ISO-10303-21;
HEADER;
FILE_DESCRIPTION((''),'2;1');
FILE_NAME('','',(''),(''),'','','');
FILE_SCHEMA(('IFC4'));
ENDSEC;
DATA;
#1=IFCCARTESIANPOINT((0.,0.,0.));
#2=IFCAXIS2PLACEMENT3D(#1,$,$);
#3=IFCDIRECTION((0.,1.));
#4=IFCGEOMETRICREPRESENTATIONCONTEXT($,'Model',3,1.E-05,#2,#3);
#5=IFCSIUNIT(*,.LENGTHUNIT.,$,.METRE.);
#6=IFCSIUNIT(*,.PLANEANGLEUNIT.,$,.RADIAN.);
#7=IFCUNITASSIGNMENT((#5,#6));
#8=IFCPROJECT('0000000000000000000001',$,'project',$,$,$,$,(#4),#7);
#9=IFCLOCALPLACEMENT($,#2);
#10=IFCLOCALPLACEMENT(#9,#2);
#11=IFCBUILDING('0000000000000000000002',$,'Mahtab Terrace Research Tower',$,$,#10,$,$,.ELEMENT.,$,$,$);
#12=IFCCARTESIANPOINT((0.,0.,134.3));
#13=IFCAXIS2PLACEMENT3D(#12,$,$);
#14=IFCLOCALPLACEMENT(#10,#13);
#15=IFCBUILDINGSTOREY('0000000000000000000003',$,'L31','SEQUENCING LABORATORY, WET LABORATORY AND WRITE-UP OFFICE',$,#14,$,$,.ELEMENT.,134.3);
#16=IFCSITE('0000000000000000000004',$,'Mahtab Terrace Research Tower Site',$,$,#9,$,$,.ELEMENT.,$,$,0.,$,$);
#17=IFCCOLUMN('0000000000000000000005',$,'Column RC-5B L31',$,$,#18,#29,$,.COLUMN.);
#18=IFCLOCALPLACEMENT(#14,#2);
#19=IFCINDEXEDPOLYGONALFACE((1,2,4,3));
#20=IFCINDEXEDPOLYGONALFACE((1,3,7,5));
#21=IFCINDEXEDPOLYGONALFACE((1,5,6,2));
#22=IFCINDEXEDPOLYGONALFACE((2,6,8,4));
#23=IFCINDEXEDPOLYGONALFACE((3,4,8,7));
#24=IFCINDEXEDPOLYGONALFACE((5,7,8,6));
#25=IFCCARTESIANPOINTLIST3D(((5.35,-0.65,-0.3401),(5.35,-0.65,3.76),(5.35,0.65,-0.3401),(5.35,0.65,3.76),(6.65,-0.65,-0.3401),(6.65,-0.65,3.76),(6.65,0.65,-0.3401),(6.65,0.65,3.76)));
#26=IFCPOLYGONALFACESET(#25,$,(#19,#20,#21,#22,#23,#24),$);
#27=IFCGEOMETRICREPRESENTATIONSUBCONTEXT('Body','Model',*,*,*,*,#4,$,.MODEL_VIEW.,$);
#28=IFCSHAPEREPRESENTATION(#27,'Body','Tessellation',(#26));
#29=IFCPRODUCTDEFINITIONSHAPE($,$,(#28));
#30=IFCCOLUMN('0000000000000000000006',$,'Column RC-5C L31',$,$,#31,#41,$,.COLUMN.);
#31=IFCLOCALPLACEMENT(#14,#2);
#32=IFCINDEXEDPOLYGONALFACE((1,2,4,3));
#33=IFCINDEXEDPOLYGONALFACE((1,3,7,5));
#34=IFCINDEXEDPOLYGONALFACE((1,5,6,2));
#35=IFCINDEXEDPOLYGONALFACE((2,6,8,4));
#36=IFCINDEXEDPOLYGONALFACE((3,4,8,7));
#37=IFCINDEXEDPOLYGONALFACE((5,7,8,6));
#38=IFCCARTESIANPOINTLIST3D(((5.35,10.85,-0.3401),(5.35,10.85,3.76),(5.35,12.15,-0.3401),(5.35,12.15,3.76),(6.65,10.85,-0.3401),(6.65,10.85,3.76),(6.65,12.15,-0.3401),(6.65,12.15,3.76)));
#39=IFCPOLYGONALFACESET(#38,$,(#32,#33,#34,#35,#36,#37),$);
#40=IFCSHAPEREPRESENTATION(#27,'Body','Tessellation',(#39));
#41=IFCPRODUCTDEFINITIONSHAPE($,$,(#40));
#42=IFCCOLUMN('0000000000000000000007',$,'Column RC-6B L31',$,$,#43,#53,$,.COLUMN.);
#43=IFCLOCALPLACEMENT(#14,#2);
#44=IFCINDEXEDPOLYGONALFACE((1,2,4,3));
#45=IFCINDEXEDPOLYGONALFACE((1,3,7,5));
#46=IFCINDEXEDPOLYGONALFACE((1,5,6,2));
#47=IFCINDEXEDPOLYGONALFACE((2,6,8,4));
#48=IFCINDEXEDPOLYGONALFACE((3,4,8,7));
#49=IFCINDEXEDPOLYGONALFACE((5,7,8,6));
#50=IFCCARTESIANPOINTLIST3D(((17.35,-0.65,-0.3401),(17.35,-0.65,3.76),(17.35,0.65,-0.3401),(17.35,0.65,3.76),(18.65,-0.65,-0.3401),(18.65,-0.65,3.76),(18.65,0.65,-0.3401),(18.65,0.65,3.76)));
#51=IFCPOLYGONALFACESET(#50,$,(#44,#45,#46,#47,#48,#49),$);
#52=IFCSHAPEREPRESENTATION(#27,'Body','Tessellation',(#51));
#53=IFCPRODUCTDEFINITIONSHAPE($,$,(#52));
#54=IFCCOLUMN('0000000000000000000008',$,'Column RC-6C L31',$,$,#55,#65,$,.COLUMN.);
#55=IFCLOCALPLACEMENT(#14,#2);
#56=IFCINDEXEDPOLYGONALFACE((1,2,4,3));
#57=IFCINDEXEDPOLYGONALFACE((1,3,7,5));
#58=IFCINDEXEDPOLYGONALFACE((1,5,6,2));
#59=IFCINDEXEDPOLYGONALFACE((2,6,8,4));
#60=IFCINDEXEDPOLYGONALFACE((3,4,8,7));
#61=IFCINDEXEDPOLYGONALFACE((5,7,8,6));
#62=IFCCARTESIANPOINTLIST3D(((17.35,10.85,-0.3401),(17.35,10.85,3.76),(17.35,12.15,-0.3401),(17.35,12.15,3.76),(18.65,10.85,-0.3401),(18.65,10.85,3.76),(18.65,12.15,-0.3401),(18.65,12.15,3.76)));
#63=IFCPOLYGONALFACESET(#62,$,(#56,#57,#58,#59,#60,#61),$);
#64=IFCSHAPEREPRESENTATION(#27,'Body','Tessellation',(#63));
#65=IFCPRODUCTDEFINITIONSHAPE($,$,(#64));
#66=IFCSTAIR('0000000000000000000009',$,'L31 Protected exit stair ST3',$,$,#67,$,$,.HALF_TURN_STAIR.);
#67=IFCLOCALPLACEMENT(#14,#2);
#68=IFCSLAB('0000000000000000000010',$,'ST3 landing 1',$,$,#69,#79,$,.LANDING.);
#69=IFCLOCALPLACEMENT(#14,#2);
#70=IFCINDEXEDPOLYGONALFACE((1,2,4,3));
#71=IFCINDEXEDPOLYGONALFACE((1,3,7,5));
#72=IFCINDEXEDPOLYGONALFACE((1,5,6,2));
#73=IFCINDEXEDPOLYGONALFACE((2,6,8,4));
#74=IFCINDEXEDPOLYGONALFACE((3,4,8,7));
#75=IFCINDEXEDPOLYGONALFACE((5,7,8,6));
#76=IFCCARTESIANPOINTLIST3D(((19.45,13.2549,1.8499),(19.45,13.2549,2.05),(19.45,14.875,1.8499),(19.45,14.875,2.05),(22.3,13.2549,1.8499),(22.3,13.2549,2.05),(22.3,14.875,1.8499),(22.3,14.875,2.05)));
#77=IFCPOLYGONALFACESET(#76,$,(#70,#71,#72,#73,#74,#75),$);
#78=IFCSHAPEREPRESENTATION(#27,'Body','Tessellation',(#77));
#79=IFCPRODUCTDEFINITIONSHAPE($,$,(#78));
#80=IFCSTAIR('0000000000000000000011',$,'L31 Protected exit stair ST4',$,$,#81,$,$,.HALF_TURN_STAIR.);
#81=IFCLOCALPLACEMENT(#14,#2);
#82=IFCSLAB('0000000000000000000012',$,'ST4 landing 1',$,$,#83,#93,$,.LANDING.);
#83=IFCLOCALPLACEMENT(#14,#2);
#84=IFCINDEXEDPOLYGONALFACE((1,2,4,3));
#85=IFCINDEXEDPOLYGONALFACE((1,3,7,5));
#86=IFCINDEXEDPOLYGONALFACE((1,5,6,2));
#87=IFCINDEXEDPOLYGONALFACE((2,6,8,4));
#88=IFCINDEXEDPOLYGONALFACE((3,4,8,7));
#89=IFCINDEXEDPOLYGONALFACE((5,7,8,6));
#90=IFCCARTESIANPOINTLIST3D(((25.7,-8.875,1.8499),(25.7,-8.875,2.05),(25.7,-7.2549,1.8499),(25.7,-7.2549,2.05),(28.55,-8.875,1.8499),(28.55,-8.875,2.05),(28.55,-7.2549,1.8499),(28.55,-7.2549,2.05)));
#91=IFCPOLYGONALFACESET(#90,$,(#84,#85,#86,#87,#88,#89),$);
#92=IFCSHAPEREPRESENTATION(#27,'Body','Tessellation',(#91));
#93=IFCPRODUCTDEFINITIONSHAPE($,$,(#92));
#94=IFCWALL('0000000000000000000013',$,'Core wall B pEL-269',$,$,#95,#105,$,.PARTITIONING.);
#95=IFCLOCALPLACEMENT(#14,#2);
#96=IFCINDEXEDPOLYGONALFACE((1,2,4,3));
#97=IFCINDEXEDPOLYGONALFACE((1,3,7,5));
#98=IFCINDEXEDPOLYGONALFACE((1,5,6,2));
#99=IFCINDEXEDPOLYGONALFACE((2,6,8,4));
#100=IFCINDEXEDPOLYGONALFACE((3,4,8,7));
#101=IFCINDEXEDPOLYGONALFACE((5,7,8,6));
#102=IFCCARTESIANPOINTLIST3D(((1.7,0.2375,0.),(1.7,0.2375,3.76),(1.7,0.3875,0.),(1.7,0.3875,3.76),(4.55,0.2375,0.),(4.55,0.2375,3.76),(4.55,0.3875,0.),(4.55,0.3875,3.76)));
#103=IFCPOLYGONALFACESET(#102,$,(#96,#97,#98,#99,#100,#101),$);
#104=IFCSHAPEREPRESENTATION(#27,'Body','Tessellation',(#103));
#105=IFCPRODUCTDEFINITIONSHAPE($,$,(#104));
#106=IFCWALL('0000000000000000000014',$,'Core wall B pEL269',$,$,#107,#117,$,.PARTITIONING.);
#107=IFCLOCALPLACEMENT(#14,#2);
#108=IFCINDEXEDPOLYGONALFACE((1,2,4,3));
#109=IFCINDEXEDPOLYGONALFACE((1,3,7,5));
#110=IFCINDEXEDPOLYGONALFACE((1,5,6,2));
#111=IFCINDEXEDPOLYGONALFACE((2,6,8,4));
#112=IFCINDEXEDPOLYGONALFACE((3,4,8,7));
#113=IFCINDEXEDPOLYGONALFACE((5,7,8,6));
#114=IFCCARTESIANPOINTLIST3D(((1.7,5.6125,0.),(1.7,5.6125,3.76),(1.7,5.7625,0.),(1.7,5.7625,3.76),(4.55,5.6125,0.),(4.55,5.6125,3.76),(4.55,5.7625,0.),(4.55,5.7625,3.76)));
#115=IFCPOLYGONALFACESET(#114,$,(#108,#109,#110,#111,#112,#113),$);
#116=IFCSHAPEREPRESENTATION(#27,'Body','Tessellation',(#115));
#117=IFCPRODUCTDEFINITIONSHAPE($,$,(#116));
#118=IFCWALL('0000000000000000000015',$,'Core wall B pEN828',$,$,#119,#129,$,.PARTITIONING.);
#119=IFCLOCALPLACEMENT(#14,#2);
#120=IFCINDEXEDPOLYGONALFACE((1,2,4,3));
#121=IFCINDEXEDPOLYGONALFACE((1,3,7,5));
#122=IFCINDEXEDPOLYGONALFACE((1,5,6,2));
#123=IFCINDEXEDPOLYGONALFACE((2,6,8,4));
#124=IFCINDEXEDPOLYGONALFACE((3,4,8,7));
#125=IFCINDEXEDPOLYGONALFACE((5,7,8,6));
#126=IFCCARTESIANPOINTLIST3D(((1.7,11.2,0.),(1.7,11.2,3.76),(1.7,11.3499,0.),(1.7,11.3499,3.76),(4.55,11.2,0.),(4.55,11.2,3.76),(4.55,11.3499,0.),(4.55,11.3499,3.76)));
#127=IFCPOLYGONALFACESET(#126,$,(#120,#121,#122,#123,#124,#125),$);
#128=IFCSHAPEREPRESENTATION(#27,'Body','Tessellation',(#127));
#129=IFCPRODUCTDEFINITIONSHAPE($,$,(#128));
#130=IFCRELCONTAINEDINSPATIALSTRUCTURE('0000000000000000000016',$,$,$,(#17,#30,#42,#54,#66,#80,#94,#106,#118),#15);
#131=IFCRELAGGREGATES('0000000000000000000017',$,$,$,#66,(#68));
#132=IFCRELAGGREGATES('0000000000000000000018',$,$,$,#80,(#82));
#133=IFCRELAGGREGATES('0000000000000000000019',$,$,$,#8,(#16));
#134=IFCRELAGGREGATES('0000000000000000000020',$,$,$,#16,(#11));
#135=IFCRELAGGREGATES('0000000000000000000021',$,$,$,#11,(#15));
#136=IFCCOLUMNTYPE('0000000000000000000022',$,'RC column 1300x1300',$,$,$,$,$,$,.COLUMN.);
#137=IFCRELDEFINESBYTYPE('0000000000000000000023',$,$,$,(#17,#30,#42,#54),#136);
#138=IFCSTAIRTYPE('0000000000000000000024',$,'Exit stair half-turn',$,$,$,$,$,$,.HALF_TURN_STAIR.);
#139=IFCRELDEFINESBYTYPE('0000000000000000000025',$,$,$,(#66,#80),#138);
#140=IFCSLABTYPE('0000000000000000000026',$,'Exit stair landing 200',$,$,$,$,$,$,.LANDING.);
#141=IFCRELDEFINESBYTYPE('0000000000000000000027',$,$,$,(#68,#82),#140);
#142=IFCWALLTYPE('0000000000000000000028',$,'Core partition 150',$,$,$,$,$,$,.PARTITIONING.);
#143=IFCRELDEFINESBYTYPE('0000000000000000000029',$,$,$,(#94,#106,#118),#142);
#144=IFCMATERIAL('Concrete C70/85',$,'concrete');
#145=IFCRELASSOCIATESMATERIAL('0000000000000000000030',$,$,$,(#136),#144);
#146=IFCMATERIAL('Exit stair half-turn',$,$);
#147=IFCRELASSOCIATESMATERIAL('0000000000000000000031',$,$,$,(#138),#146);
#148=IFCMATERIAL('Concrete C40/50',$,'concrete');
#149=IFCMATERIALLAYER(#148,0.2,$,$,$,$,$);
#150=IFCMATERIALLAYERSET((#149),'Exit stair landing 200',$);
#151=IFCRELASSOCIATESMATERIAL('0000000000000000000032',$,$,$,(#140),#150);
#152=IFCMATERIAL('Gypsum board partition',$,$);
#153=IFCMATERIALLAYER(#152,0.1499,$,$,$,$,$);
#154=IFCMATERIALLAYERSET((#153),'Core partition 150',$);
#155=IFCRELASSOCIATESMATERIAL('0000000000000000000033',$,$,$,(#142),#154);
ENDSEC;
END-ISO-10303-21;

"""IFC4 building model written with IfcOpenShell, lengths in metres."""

from ifc_helpers import new_model, si_unit, direction, frame, frame_2d, origin, origin_2d, place, context, subcontext, project, spatial, polyline, rectangle, outline, extrude, material, layer, layer_set, material_profile, profile_set, type_object, element, aggregate, save


model = new_model("IFC4")

# Units and contexts
model_context = context("Model", 3, precision=1e-05, world=origin(), true_north=direction((0.0, 1.0)))
body_context = subcontext(model_context, "Body", "Model", "MODEL_VIEW")
ifc_project = project(units=[si_unit("LENGTHUNIT", "METRE"), si_unit("PLANEANGLEUNIT", "RADIAN")], contexts=[model_context])

# Site, building, storey
site_placement = place(None, origin())
site = spatial("IfcSite", under=ifc_project, at=site_placement, Name="Mahtab Terrace Research Tower Site", CompositionType="ELEMENT", RefElevation=0.0)
building_placement = place(site_placement, origin())
building = spatial("IfcBuilding", under=site, at=building_placement, Name="Mahtab Terrace Research Tower", CompositionType="ELEMENT")
storey_placement = place(building_placement, frame((0.0, 0.0, 134.3)))
storey = spatial("IfcBuildingStorey", under=building, at=storey_placement, Name="L31", Description="SEQUENCING LABORATORY, WET LABORATORY AND WRITE-UP OFFICE", CompositionType="ELEMENT", Elevation=134.3)

# Columns
ifc_material_1 = material(Name="Concrete C70/85", Category="concrete")
ifc_material_profile = material_profile(ifc_material_1, rectangle(XDim=1.3, YDim=1.3, at=origin_2d()), Name="RC column 1300x1300")
ifc_profile_set = profile_set([ifc_material_profile], Name="Concrete C70/85")
column_type = type_object("IfcColumnType", Name="RC column 1300x1300", PredefinedType="COLUMN", material=ifc_profile_set)
for number, where, z_axis, x_axis, name in (
    (1, (6.0, 0.0, -0.3401), (0.0, 0.0, 1.0), (1.0, 0.0, 0.0), "Column RC-5B L31"),
    (2, (6.0, 11.5, -0.3401), (0.0, 0.0, 1.0), (1.0, 0.0, 0.0), "Column RC-5C L31"),
    (3, (18.0, 0.0, -0.3401), (0.0, 0.0, 1.0), (1.0, 0.0, 0.0), "Column RC-6B L31"),
    (4, (18.0, 11.5, -0.3401), (0.0, 0.0, 1.0), (1.0, 0.0, 0.0), "Column RC-6C L31"),
):
    element("IfcColumn", number, at=place(storey_placement, frame(where, z_axis=z_axis, x_axis=x_axis)), inside=storey, type_object=column_type, Name=name, PredefinedType="COLUMN", context=body_context, shape_type="SweptSolid", body=[
        extrude(rectangle(XDim=1.3, YDim=1.3, at=origin_2d()), origin(), (0.0, 0.0, 1.0), 4.1001),
    ])

# Stairs, slabs
ifc_material_2 = material(Name="Exit stair half-turn")
stair_type = type_object("IfcStairType", Name="Exit stair half-turn", PredefinedType="HALF_TURN_STAIR", material=ifc_material_2)
stair_1_placement = place(storey_placement, origin())
stair_1 = element("IfcStair", 5, at=stair_1_placement, inside=storey, type_object=stair_type, Name="L31 Protected exit stair ST3", PredefinedType="HALF_TURN_STAIR")
ifc_material_3 = material(Name="Concrete C40/50", Category="concrete")
ifc_layer_1 = layer(ifc_material_3, 0.2)
ifc_layer_set_1 = layer_set([ifc_layer_1], Name="Exit stair landing 200")
slab_type = type_object("IfcSlabType", Name="Exit stair landing 200", PredefinedType="LANDING", material=ifc_layer_set_1)
slab_1_placement = place(storey_placement, frame((0.0, 0.0, 1.8499)))
slab_1 = element("IfcSlab", 6, at=slab_1_placement, type_object=slab_type, Name="ST3 landing 1", PredefinedType="LANDING", context=body_context, shape_type="SweptSolid", body=[
    extrude(outline(polyline([(22.3, 13.2549), (22.3, 14.875), (19.45, 14.875), (19.45, 13.2549), (22.3, 13.2549)])), origin(), (0.0, 0.0, 1.0), 0.2002),
])
aggregate(stair_1, [slab_1])
stair_2_placement = place(storey_placement, origin())
stair_2 = element("IfcStair", 7, at=stair_2_placement, inside=storey, type_object=stair_type, Name="L31 Protected exit stair ST4", PredefinedType="HALF_TURN_STAIR")
slab_2_placement = place(storey_placement, frame((0.0, 0.0, 1.8499)))
slab_2 = element("IfcSlab", 8, at=slab_2_placement, type_object=slab_type, Name="ST4 landing 1", PredefinedType="LANDING", context=body_context, shape_type="SweptSolid", body=[
    extrude(outline(polyline([(25.7, -7.2549), (25.7, -8.875), (28.55, -8.875), (28.55, -7.2549), (25.7, -7.2549)])), origin(), (0.0, 0.0, 1.0), 0.2002),
])
aggregate(stair_2, [slab_2])

# Walls
ifc_material_4 = material(Name="Gypsum board partition")
ifc_layer_2 = layer(ifc_material_4, 0.1499)
ifc_layer_set_2 = layer_set([ifc_layer_2], Name="Core partition 150")
wall_type_1 = type_object("IfcWallType", Name="Core partition 150", PredefinedType="PARTITIONING", material=ifc_layer_set_2)
for number, where, z_axis, x_axis, name in (
    (9, (1.7, 0.3125, 0.0), (0.0, 0.0, 1.0), (1.0, 0.0, 0.0), "Core wall B pEL-269"),
    (10, (1.7, 5.6875, 0.0), (0.0, 0.0, 1.0), (1.0, 0.0, 0.0), "Core wall B pEL269"),
    (11, (1.7, 11.2749, 0.0), (0.0, 0.0, 1.0), (1.0, 0.0, 0.0), "Core wall B pEN828"),
):
    element("IfcWall", number, at=place(storey_placement, frame(where, z_axis=z_axis, x_axis=x_axis)), inside=storey, type_object=wall_type_1, Name=name, PredefinedType="PARTITIONING", context=body_context, shape_type="SweptSolid", body=[
        extrude(rectangle(XDim=2.8501, YDim=0.1499, at=frame_2d((1.425, 0.0))), origin(), (0.0, 0.0, 1.0), 3.76),
    ])

save(model, "model.ifc")
